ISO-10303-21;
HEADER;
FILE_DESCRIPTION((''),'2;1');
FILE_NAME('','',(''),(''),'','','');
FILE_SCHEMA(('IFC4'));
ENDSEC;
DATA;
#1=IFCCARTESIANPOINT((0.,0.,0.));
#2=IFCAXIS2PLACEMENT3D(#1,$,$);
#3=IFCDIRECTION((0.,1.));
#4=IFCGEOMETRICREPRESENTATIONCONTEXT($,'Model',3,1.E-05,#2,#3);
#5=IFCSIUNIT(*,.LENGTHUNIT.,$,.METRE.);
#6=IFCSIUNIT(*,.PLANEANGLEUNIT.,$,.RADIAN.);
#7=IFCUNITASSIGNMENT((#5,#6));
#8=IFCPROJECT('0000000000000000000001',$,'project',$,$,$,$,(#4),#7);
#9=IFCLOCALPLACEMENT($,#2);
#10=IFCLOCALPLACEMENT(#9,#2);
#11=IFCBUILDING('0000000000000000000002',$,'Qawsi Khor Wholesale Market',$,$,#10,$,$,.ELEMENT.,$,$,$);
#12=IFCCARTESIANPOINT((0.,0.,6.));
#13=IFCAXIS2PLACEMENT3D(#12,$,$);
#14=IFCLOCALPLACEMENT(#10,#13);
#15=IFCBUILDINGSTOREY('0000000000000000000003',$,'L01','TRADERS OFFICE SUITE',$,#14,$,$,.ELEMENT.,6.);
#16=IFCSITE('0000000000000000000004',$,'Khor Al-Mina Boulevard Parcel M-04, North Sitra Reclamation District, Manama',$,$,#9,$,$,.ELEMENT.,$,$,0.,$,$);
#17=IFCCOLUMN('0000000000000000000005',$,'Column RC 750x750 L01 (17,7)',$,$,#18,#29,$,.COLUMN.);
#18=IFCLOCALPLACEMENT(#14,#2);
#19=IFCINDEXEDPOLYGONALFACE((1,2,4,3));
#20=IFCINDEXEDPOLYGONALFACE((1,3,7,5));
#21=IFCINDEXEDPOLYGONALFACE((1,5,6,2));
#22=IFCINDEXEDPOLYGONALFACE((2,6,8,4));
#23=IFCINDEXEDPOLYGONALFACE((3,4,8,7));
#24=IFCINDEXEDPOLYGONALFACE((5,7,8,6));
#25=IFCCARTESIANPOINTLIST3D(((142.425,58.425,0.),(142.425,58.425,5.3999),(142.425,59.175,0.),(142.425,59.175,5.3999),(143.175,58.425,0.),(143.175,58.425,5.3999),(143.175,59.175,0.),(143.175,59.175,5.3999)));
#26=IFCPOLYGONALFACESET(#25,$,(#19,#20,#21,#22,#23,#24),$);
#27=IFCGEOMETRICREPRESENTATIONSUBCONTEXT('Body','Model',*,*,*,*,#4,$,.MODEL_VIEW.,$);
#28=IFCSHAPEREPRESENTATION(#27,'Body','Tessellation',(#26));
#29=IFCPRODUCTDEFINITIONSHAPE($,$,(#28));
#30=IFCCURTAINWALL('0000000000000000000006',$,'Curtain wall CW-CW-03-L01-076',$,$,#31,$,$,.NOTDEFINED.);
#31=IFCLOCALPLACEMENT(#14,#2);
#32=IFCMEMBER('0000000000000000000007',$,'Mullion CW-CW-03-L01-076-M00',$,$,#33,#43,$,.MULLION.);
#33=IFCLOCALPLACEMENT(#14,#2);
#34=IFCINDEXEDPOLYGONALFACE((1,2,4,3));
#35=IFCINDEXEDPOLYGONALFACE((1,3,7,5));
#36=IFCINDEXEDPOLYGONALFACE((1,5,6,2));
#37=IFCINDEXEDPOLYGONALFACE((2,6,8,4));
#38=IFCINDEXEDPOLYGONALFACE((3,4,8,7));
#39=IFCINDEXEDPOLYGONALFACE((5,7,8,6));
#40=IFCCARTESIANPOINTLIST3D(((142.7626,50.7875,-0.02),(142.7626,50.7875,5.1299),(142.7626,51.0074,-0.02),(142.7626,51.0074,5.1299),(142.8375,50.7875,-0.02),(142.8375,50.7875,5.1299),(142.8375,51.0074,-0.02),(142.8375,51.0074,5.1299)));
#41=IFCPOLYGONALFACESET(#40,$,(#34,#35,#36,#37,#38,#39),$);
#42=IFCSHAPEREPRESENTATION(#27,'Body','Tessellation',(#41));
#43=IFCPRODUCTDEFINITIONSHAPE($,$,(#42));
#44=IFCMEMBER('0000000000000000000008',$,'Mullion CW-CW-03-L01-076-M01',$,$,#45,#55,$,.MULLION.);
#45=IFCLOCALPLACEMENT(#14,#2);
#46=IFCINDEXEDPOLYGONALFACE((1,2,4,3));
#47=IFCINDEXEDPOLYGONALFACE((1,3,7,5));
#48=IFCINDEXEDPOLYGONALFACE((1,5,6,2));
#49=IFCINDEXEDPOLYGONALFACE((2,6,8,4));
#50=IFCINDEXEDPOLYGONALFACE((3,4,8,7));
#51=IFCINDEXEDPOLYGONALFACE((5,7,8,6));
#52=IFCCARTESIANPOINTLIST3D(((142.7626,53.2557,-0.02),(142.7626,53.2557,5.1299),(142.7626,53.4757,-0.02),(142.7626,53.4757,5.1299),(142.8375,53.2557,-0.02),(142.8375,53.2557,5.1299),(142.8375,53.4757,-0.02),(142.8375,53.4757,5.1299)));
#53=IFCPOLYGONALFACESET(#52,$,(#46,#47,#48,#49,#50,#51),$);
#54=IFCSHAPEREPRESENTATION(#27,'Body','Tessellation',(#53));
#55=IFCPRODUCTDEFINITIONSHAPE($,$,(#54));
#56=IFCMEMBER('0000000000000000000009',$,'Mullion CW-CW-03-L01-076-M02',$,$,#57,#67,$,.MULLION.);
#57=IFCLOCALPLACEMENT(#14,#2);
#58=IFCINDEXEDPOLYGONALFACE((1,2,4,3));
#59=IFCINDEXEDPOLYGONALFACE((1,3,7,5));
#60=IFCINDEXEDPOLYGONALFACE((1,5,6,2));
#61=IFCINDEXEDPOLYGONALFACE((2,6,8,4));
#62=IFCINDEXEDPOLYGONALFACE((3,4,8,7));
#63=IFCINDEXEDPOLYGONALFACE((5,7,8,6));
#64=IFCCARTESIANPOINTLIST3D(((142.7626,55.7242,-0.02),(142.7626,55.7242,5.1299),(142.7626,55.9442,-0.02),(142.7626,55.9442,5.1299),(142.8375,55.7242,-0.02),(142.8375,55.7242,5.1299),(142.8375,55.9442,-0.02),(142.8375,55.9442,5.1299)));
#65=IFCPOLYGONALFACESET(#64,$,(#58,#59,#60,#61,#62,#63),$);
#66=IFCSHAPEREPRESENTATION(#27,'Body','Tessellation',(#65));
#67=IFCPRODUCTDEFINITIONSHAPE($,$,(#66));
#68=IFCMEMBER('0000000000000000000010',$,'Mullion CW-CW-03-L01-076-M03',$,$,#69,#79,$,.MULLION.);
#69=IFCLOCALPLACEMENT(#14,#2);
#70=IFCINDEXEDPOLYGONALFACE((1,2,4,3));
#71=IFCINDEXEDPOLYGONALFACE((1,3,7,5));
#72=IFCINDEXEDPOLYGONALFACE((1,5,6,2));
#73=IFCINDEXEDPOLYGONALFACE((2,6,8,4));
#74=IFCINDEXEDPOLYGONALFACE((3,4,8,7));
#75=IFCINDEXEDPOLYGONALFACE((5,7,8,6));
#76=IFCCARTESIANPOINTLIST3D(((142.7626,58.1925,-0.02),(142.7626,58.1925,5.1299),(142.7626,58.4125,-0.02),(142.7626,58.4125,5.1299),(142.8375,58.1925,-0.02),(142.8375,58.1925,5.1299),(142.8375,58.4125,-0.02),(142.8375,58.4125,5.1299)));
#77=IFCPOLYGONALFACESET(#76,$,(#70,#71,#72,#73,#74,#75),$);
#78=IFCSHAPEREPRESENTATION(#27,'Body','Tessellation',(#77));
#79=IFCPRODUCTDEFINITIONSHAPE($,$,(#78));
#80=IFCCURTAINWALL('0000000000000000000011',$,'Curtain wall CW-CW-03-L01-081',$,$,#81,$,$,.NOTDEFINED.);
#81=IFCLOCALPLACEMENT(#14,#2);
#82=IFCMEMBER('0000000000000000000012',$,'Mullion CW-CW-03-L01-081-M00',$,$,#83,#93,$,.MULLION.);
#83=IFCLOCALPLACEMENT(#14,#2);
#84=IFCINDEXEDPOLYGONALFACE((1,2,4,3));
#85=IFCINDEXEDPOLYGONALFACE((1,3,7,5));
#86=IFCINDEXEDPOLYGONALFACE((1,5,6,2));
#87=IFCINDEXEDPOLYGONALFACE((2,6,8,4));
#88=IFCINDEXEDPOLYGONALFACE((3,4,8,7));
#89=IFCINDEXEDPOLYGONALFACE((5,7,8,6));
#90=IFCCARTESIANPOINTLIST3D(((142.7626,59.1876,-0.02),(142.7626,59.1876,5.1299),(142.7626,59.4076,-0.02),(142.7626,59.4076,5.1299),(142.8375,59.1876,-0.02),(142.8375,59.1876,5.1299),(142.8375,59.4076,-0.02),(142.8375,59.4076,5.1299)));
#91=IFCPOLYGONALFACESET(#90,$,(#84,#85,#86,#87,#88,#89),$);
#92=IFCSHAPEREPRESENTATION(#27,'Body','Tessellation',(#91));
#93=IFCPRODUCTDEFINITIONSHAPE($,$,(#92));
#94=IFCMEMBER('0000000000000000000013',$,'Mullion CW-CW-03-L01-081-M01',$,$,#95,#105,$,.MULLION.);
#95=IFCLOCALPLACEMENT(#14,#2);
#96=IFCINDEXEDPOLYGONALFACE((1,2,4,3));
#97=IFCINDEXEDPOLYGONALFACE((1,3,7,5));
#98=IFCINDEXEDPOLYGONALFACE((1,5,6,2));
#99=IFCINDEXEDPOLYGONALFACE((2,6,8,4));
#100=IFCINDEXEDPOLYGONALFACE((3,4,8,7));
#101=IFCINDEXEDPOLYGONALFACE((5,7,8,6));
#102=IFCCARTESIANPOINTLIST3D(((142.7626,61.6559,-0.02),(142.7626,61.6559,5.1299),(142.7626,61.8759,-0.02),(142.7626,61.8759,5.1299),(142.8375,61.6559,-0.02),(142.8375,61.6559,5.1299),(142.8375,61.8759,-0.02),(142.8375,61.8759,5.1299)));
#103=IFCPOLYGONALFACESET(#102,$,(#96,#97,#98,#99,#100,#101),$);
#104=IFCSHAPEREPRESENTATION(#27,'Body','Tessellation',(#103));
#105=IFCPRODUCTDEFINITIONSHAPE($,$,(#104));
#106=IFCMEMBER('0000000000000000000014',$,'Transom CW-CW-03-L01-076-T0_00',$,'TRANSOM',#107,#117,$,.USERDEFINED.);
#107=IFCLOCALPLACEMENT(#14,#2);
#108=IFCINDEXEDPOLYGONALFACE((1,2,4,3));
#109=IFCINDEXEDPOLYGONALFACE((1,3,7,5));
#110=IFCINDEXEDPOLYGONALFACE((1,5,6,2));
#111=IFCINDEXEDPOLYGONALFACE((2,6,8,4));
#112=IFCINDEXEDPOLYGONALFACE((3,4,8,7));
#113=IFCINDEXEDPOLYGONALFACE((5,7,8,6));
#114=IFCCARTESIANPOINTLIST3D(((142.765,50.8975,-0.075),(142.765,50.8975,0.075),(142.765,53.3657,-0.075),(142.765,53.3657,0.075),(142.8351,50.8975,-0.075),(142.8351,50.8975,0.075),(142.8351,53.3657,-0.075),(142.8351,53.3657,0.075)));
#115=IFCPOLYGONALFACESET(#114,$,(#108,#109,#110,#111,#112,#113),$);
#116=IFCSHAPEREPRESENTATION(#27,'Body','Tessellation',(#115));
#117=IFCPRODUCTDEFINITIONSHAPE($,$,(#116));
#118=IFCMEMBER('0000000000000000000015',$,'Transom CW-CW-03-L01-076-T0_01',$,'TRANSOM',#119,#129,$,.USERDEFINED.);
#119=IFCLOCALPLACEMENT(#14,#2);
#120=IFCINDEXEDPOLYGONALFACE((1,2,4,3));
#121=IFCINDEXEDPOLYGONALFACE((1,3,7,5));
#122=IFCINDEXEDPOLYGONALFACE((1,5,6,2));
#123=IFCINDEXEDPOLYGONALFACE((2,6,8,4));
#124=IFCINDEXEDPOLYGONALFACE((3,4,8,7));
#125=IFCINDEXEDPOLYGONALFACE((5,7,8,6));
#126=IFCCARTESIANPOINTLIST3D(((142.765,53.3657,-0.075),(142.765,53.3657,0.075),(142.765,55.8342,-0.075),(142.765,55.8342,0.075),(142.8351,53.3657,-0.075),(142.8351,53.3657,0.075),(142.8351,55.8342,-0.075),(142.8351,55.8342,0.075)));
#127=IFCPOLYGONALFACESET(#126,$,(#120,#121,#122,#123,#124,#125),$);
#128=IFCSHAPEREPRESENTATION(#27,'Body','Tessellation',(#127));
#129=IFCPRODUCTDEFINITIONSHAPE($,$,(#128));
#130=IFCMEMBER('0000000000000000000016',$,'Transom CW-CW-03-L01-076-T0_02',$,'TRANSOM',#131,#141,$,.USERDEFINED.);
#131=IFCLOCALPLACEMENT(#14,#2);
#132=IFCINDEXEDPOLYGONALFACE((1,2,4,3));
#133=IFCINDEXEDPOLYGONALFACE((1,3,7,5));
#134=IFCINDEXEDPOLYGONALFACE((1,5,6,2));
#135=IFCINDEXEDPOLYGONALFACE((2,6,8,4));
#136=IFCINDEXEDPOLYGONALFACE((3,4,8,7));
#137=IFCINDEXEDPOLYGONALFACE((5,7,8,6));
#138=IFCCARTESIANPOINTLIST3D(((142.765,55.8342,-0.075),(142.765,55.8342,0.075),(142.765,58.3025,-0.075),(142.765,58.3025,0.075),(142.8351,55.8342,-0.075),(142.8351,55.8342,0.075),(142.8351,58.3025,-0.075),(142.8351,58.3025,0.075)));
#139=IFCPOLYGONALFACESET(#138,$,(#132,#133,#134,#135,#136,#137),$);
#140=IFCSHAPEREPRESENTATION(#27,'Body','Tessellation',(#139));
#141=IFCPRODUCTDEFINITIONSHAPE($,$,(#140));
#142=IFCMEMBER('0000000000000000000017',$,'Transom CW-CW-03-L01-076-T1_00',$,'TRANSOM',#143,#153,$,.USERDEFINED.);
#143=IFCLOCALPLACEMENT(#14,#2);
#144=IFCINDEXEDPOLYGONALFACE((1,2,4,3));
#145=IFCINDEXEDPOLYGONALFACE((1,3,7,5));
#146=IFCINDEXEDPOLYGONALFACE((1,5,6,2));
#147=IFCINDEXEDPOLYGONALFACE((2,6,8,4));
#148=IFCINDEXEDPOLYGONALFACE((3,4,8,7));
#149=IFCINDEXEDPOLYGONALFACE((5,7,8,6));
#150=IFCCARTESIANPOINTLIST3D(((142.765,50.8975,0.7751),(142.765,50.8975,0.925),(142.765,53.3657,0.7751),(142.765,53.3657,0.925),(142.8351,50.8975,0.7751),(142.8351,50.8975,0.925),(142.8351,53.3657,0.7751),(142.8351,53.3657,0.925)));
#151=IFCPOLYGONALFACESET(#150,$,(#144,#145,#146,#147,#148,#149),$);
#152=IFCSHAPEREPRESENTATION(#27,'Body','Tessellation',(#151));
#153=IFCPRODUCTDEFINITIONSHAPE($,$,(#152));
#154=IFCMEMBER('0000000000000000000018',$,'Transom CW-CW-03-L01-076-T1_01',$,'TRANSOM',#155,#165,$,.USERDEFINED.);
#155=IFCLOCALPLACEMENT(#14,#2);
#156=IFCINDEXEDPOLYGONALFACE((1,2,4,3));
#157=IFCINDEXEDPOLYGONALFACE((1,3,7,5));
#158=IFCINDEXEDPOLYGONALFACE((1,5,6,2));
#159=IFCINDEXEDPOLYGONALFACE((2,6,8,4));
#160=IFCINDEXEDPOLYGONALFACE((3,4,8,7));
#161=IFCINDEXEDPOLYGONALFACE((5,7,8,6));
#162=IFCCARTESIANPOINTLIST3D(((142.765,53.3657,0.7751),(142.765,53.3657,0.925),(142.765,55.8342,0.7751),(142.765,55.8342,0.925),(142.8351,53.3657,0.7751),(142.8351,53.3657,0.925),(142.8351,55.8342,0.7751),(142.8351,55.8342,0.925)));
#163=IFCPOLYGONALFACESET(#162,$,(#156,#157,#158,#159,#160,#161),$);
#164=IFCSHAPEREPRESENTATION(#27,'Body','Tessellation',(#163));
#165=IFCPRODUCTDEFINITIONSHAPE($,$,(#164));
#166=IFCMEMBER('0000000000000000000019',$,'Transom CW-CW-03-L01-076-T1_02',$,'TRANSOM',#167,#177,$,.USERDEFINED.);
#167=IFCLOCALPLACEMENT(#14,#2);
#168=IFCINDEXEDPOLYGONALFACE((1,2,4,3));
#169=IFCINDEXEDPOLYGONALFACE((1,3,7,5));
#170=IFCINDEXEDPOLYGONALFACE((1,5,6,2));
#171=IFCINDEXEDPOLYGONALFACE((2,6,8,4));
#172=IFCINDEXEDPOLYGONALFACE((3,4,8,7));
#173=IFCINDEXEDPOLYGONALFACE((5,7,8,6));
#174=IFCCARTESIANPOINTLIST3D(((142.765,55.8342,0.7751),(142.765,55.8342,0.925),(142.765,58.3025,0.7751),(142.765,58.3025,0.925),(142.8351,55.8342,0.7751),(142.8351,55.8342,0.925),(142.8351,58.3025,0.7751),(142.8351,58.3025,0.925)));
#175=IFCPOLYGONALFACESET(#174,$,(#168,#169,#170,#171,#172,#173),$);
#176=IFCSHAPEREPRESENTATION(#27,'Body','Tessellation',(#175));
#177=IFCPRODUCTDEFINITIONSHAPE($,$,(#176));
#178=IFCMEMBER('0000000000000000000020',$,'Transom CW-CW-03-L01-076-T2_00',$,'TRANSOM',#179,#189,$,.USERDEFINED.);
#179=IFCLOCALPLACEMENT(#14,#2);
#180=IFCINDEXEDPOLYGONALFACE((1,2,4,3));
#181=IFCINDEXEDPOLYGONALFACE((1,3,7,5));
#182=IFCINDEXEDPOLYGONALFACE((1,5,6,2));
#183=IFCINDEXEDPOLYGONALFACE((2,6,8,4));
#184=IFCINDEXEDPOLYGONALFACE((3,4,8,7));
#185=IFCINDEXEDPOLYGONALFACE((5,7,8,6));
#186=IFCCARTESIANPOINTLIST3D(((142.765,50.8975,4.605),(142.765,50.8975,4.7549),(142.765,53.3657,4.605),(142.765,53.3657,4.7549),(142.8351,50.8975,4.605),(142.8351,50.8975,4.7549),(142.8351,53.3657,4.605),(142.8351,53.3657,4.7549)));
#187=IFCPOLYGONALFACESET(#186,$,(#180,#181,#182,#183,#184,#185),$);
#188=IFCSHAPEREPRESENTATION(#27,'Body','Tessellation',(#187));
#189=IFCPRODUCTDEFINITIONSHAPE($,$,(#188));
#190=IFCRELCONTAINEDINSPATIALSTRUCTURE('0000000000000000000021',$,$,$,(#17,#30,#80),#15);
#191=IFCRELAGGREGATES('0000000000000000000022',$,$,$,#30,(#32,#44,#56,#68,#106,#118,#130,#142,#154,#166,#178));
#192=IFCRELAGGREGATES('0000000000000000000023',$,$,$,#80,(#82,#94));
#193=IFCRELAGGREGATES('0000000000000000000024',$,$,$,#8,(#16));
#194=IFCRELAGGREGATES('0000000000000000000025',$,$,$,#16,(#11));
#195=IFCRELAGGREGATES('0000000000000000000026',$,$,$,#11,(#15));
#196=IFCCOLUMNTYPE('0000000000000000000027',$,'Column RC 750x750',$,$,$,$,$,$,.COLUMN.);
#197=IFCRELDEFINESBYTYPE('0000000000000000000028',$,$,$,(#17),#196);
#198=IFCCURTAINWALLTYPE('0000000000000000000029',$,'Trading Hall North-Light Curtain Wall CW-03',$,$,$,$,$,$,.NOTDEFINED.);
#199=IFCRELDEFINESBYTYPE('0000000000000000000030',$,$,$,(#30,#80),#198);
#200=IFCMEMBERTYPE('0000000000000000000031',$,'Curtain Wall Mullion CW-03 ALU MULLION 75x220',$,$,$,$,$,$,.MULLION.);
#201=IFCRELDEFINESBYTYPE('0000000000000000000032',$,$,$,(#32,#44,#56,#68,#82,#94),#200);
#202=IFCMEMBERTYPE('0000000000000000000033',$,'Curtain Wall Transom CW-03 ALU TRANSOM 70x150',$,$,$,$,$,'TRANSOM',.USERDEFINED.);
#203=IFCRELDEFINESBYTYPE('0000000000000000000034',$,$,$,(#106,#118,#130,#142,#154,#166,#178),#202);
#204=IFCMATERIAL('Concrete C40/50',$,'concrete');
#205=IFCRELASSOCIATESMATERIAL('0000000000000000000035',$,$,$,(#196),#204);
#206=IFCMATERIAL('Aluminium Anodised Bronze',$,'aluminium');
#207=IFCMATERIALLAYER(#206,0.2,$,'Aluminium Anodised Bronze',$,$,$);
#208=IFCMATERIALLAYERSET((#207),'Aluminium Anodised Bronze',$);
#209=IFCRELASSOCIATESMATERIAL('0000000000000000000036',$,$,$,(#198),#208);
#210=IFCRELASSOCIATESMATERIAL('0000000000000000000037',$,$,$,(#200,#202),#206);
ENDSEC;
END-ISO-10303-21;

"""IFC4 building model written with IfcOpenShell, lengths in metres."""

from ifc_helpers import new_model, si_unit, direction, frame, origin, origin_2d, place, context, subcontext, project, spatial, rectangle, extrude, material, layer, layer_set, material_profile, profile_set, type_object, element, aggregate, save


model = new_model("IFC4")

# Units and contexts
model_context = context("Model", 3, precision=1e-05, world=origin(), true_north=direction((0.0, 1.0)))
body_context = subcontext(model_context, "Body", "Model", "MODEL_VIEW")
ifc_project = project(units=[si_unit("LENGTHUNIT", "METRE"), si_unit("PLANEANGLEUNIT", "RADIAN")], contexts=[model_context])

# Site, building, storey
site_placement = place(None, origin())
site = spatial("IfcSite", under=ifc_project, at=site_placement, Name="Khor Al-Mina Boulevard Parcel M-04, North Sitra Reclamation District, Manama", CompositionType="ELEMENT", RefElevation=0.0)
building_placement = place(site_placement, origin())
building = spatial("IfcBuilding", under=site, at=building_placement, Name="Qawsi Khor Wholesale Market", CompositionType="ELEMENT")
storey_placement = place(building_placement, frame((0.0, 0.0, 6.0)))
storey = spatial("IfcBuildingStorey", under=building, at=storey_placement, Name="L01", Description="TRADERS OFFICE SUITE", CompositionType="ELEMENT", Elevation=6.0)

# Column
ifc_material_1 = material(Name="Concrete C40/50", Category="concrete")
ifc_material_profile_1 = material_profile(ifc_material_1, rectangle(XDim=0.75, YDim=0.75, at=origin_2d()), Name="RC 750x750")
ifc_profile_set_1 = profile_set([ifc_material_profile_1], Name="Concrete C40/50")
column_type = type_object("IfcColumnType", Name="Column RC 750x750", PredefinedType="COLUMN", material=ifc_profile_set_1)
column_placement = place(storey_placement, frame((142.8, 58.8, 0.0), z_axis=(0.0, 0.0, 1.0), x_axis=(1.0, 0.0, 0.0)))
element("IfcColumn", 1, at=column_placement, inside=storey, type_object=column_type, Name="Column RC 750x750 L01 (17,7)", PredefinedType="COLUMN", context=body_context, shape_type="SweptSolid", body=[
    extrude(rectangle(XDim=0.75, YDim=0.75, at=origin_2d()), origin(), (0.0, 0.0, 1.0), 5.3999),
])

# Curtain walls, members
ifc_material_2 = material(Name="Aluminium Anodised Bronze", Category="aluminium")
ifc_layer_1 = layer(ifc_material_2, 0.2, Name="Aluminium Anodised Bronze")
ifc_layer_set_1 = layer_set([ifc_layer_1], Name="Aluminium Anodised Bronze")
curtain_wall_type = type_object("IfcCurtainWallType", Name="Trading Hall North-Light Curtain Wall CW-03", PredefinedType="NOTDEFINED", material=ifc_layer_set_1)
curtain_wall_1_placement = place(storey_placement, origin())
curtain_wall_1 = element("IfcCurtainWall", 2, at=curtain_wall_1_placement, inside=storey, type_object=curtain_wall_type, Name="Curtain wall CW-CW-03-L01-076", PredefinedType="NOTDEFINED")
ifc_material_profile_2 = material_profile(ifc_material_2, rectangle(XDim=0.075, YDim=0.22, at=origin_2d()), Name="ALU MULLION 75x220")
ifc_profile_set_2 = profile_set([ifc_material_profile_2], Name="Aluminium Anodised Bronze")
member_type_1 = type_object("IfcMemberType", Name="Curtain Wall Mullion CW-03 ALU MULLION 75x220", PredefinedType="MULLION", material=ifc_profile_set_2)
member_1_placement = place(storey_placement, frame((142.8, 50.8975, -0.02), z_axis=(0.0, 0.0, 1.0), x_axis=(1.0, 0.0, 0.0)))
member_1 = element("IfcMember", 3, at=member_1_placement, type_object=member_type_1, Name="Mullion CW-CW-03-L01-076-M00", PredefinedType="MULLION", context=body_context, shape_type="SweptSolid", body=[
    extrude(rectangle(XDim=0.075, YDim=0.22, at=origin_2d()), origin(), (0.0, 0.0, 1.0), 5.1499),
])
member_2_placement = place(storey_placement, frame((142.8, 53.3657, -0.02), z_axis=(0.0, 0.0, 1.0), x_axis=(1.0, 0.0, 0.0)))
member_2 = element("IfcMember", 4, at=member_2_placement, type_object=member_type_1, Name="Mullion CW-CW-03-L01-076-M01", PredefinedType="MULLION", context=body_context, shape_type="SweptSolid", body=[
    extrude(rectangle(XDim=0.075, YDim=0.22, at=origin_2d()), origin(), (0.0, 0.0, 1.0), 5.1499),
])
member_3_placement = place(storey_placement, frame((142.8, 55.8342, -0.02), z_axis=(0.0, 0.0, 1.0), x_axis=(1.0, 0.0, 0.0)))
member_3 = element("IfcMember", 5, at=member_3_placement, type_object=member_type_1, Name="Mullion CW-CW-03-L01-076-M02", PredefinedType="MULLION", context=body_context, shape_type="SweptSolid", body=[
    extrude(rectangle(XDim=0.075, YDim=0.22, at=origin_2d()), origin(), (0.0, 0.0, 1.0), 5.1499),
])
member_4_placement = place(storey_placement, frame((142.8, 58.3025, -0.02), z_axis=(0.0, 0.0, 1.0), x_axis=(1.0, 0.0, 0.0)))
member_4 = element("IfcMember", 6, at=member_4_placement, type_object=member_type_1, Name="Mullion CW-CW-03-L01-076-M03", PredefinedType="MULLION", context=body_context, shape_type="SweptSolid", body=[
    extrude(rectangle(XDim=0.075, YDim=0.22, at=origin_2d()), origin(), (0.0, 0.0, 1.0), 5.1499),
])
curtain_wall_2_placement = place(storey_placement, origin())
curtain_wall_2 = element("IfcCurtainWall", 7, at=curtain_wall_2_placement, inside=storey, type_object=curtain_wall_type, Name="Curtain wall CW-CW-03-L01-081", PredefinedType="NOTDEFINED")
member_5_placement = place(storey_placement, frame((142.8, 59.2976, -0.02), z_axis=(0.0, 0.0, 1.0), x_axis=(1.0, 0.0, 0.0)))
member_5 = element("IfcMember", 8, at=member_5_placement, type_object=member_type_1, Name="Mullion CW-CW-03-L01-081-M00", PredefinedType="MULLION", context=body_context, shape_type="SweptSolid", body=[
    extrude(rectangle(XDim=0.075, YDim=0.22, at=origin_2d()), origin(), (0.0, 0.0, 1.0), 5.1499),
])
member_6_placement = place(storey_placement, frame((142.8, 61.7659, -0.02), z_axis=(0.0, 0.0, 1.0), x_axis=(1.0, 0.0, 0.0)))
member_6 = element("IfcMember", 9, at=member_6_placement, type_object=member_type_1, Name="Mullion CW-CW-03-L01-081-M01", PredefinedType="MULLION", context=body_context, shape_type="SweptSolid", body=[
    extrude(rectangle(XDim=0.075, YDim=0.22, at=origin_2d()), origin(), (0.0, 0.0, 1.0), 5.1499),
])

# Members
ifc_material_profile_3 = material_profile(ifc_material_2, rectangle(XDim=0.0701, YDim=0.1499, at=origin_2d()), Name="ALU TRANSOM 70x150")
ifc_profile_set_3 = profile_set([ifc_material_profile_3], Name="Aluminium Anodised Bronze")
member_type_2 = type_object("IfcMemberType", Name="Curtain Wall Transom CW-03 ALU TRANSOM 70x150", ElementType="TRANSOM", PredefinedType="USERDEFINED", material=ifc_profile_set_3)
member_7_placement = place(storey_placement, frame((142.8, 50.8975, 0.0), z_axis=(0.0, 1.0, 0.0), x_axis=(-1.0, 0.0, 0.0)))
member_7 = element("IfcMember", 10, at=member_7_placement, type_object=member_type_2, Name="Transom CW-CW-03-L01-076-T0_00", ObjectType="TRANSOM", PredefinedType="USERDEFINED", context=body_context, shape_type="SweptSolid", body=[
    extrude(rectangle(XDim=0.0701, YDim=0.1499, at=origin_2d()), origin(), (0.0, 0.0, 1.0), 2.4683),
])
member_8_placement = place(storey_placement, frame((142.8, 53.3657, 0.0), z_axis=(0.0, 1.0, 0.0), x_axis=(-1.0, 0.0, 0.0)))
member_8 = element("IfcMember", 11, at=member_8_placement, type_object=member_type_2, Name="Transom CW-CW-03-L01-076-T0_01", ObjectType="TRANSOM", PredefinedType="USERDEFINED", context=body_context, shape_type="SweptSolid", body=[
    extrude(rectangle(XDim=0.0701, YDim=0.1499, at=origin_2d()), origin(), (0.0, 0.0, 1.0), 2.4685),
])
member_9_placement = place(storey_placement, frame((142.8, 55.8342, 0.0), z_axis=(0.0, 1.0, 0.0), x_axis=(-1.0, 0.0, 0.0)))
member_9 = element("IfcMember", 12, at=member_9_placement, type_object=member_type_2, Name="Transom CW-CW-03-L01-076-T0_02", ObjectType="TRANSOM", PredefinedType="USERDEFINED", context=body_context, shape_type="SweptSolid", body=[
    extrude(rectangle(XDim=0.0701, YDim=0.1499, at=origin_2d()), origin(), (0.0, 0.0, 1.0), 2.4683),
])
member_10_placement = place(storey_placement, frame((142.8, 50.8975, 0.8501), z_axis=(0.0, 1.0, 0.0), x_axis=(-1.0, 0.0, 0.0)))
member_10 = element("IfcMember", 13, at=member_10_placement, type_object=member_type_2, Name="Transom CW-CW-03-L01-076-T1_00", ObjectType="TRANSOM", PredefinedType="USERDEFINED", context=body_context, shape_type="SweptSolid", body=[
    extrude(rectangle(XDim=0.0701, YDim=0.1499, at=origin_2d()), origin(), (0.0, 0.0, 1.0), 2.4683),
])
member_11_placement = place(storey_placement, frame((142.8, 53.3657, 0.8501), z_axis=(0.0, 1.0, 0.0), x_axis=(-1.0, 0.0, 0.0)))
member_11 = element("IfcMember", 14, at=member_11_placement, type_object=member_type_2, Name="Transom CW-CW-03-L01-076-T1_01", ObjectType="TRANSOM", PredefinedType="USERDEFINED", context=body_context, shape_type="SweptSolid", body=[
    extrude(rectangle(XDim=0.0701, YDim=0.1499, at=origin_2d()), origin(), (0.0, 0.0, 1.0), 2.4685),
])
member_12_placement = place(storey_placement, frame((142.8, 55.8342, 0.8501), z_axis=(0.0, 1.0, 0.0), x_axis=(-1.0, 0.0, 0.0)))
member_12 = element("IfcMember", 15, at=member_12_placement, type_object=member_type_2, Name="Transom CW-CW-03-L01-076-T1_02", ObjectType="TRANSOM", PredefinedType="USERDEFINED", context=body_context, shape_type="SweptSolid", body=[
    extrude(rectangle(XDim=0.0701, YDim=0.1499, at=origin_2d()), origin(), (0.0, 0.0, 1.0), 2.4683),
])
member_13_placement = place(storey_placement, frame((142.8, 50.8975, 4.6799), z_axis=(0.0, 1.0, 0.0), x_axis=(-1.0, 0.0, 0.0)))
member_13 = element("IfcMember", 16, at=member_13_placement, type_object=member_type_2, Name="Transom CW-CW-03-L01-076-T2_00", ObjectType="TRANSOM", PredefinedType="USERDEFINED", context=body_context, shape_type="SweptSolid", body=[
    extrude(rectangle(XDim=0.0701, YDim=0.1499, at=origin_2d()), origin(), (0.0, 0.0, 1.0), 2.4683),
])

aggregate(curtain_wall_1, [member_1, member_2, member_3, member_4, member_7, member_8, member_9, member_10, member_11, member_12, member_13])
aggregate(curtain_wall_2, [member_5, member_6])

save(model, "model.ifc")
